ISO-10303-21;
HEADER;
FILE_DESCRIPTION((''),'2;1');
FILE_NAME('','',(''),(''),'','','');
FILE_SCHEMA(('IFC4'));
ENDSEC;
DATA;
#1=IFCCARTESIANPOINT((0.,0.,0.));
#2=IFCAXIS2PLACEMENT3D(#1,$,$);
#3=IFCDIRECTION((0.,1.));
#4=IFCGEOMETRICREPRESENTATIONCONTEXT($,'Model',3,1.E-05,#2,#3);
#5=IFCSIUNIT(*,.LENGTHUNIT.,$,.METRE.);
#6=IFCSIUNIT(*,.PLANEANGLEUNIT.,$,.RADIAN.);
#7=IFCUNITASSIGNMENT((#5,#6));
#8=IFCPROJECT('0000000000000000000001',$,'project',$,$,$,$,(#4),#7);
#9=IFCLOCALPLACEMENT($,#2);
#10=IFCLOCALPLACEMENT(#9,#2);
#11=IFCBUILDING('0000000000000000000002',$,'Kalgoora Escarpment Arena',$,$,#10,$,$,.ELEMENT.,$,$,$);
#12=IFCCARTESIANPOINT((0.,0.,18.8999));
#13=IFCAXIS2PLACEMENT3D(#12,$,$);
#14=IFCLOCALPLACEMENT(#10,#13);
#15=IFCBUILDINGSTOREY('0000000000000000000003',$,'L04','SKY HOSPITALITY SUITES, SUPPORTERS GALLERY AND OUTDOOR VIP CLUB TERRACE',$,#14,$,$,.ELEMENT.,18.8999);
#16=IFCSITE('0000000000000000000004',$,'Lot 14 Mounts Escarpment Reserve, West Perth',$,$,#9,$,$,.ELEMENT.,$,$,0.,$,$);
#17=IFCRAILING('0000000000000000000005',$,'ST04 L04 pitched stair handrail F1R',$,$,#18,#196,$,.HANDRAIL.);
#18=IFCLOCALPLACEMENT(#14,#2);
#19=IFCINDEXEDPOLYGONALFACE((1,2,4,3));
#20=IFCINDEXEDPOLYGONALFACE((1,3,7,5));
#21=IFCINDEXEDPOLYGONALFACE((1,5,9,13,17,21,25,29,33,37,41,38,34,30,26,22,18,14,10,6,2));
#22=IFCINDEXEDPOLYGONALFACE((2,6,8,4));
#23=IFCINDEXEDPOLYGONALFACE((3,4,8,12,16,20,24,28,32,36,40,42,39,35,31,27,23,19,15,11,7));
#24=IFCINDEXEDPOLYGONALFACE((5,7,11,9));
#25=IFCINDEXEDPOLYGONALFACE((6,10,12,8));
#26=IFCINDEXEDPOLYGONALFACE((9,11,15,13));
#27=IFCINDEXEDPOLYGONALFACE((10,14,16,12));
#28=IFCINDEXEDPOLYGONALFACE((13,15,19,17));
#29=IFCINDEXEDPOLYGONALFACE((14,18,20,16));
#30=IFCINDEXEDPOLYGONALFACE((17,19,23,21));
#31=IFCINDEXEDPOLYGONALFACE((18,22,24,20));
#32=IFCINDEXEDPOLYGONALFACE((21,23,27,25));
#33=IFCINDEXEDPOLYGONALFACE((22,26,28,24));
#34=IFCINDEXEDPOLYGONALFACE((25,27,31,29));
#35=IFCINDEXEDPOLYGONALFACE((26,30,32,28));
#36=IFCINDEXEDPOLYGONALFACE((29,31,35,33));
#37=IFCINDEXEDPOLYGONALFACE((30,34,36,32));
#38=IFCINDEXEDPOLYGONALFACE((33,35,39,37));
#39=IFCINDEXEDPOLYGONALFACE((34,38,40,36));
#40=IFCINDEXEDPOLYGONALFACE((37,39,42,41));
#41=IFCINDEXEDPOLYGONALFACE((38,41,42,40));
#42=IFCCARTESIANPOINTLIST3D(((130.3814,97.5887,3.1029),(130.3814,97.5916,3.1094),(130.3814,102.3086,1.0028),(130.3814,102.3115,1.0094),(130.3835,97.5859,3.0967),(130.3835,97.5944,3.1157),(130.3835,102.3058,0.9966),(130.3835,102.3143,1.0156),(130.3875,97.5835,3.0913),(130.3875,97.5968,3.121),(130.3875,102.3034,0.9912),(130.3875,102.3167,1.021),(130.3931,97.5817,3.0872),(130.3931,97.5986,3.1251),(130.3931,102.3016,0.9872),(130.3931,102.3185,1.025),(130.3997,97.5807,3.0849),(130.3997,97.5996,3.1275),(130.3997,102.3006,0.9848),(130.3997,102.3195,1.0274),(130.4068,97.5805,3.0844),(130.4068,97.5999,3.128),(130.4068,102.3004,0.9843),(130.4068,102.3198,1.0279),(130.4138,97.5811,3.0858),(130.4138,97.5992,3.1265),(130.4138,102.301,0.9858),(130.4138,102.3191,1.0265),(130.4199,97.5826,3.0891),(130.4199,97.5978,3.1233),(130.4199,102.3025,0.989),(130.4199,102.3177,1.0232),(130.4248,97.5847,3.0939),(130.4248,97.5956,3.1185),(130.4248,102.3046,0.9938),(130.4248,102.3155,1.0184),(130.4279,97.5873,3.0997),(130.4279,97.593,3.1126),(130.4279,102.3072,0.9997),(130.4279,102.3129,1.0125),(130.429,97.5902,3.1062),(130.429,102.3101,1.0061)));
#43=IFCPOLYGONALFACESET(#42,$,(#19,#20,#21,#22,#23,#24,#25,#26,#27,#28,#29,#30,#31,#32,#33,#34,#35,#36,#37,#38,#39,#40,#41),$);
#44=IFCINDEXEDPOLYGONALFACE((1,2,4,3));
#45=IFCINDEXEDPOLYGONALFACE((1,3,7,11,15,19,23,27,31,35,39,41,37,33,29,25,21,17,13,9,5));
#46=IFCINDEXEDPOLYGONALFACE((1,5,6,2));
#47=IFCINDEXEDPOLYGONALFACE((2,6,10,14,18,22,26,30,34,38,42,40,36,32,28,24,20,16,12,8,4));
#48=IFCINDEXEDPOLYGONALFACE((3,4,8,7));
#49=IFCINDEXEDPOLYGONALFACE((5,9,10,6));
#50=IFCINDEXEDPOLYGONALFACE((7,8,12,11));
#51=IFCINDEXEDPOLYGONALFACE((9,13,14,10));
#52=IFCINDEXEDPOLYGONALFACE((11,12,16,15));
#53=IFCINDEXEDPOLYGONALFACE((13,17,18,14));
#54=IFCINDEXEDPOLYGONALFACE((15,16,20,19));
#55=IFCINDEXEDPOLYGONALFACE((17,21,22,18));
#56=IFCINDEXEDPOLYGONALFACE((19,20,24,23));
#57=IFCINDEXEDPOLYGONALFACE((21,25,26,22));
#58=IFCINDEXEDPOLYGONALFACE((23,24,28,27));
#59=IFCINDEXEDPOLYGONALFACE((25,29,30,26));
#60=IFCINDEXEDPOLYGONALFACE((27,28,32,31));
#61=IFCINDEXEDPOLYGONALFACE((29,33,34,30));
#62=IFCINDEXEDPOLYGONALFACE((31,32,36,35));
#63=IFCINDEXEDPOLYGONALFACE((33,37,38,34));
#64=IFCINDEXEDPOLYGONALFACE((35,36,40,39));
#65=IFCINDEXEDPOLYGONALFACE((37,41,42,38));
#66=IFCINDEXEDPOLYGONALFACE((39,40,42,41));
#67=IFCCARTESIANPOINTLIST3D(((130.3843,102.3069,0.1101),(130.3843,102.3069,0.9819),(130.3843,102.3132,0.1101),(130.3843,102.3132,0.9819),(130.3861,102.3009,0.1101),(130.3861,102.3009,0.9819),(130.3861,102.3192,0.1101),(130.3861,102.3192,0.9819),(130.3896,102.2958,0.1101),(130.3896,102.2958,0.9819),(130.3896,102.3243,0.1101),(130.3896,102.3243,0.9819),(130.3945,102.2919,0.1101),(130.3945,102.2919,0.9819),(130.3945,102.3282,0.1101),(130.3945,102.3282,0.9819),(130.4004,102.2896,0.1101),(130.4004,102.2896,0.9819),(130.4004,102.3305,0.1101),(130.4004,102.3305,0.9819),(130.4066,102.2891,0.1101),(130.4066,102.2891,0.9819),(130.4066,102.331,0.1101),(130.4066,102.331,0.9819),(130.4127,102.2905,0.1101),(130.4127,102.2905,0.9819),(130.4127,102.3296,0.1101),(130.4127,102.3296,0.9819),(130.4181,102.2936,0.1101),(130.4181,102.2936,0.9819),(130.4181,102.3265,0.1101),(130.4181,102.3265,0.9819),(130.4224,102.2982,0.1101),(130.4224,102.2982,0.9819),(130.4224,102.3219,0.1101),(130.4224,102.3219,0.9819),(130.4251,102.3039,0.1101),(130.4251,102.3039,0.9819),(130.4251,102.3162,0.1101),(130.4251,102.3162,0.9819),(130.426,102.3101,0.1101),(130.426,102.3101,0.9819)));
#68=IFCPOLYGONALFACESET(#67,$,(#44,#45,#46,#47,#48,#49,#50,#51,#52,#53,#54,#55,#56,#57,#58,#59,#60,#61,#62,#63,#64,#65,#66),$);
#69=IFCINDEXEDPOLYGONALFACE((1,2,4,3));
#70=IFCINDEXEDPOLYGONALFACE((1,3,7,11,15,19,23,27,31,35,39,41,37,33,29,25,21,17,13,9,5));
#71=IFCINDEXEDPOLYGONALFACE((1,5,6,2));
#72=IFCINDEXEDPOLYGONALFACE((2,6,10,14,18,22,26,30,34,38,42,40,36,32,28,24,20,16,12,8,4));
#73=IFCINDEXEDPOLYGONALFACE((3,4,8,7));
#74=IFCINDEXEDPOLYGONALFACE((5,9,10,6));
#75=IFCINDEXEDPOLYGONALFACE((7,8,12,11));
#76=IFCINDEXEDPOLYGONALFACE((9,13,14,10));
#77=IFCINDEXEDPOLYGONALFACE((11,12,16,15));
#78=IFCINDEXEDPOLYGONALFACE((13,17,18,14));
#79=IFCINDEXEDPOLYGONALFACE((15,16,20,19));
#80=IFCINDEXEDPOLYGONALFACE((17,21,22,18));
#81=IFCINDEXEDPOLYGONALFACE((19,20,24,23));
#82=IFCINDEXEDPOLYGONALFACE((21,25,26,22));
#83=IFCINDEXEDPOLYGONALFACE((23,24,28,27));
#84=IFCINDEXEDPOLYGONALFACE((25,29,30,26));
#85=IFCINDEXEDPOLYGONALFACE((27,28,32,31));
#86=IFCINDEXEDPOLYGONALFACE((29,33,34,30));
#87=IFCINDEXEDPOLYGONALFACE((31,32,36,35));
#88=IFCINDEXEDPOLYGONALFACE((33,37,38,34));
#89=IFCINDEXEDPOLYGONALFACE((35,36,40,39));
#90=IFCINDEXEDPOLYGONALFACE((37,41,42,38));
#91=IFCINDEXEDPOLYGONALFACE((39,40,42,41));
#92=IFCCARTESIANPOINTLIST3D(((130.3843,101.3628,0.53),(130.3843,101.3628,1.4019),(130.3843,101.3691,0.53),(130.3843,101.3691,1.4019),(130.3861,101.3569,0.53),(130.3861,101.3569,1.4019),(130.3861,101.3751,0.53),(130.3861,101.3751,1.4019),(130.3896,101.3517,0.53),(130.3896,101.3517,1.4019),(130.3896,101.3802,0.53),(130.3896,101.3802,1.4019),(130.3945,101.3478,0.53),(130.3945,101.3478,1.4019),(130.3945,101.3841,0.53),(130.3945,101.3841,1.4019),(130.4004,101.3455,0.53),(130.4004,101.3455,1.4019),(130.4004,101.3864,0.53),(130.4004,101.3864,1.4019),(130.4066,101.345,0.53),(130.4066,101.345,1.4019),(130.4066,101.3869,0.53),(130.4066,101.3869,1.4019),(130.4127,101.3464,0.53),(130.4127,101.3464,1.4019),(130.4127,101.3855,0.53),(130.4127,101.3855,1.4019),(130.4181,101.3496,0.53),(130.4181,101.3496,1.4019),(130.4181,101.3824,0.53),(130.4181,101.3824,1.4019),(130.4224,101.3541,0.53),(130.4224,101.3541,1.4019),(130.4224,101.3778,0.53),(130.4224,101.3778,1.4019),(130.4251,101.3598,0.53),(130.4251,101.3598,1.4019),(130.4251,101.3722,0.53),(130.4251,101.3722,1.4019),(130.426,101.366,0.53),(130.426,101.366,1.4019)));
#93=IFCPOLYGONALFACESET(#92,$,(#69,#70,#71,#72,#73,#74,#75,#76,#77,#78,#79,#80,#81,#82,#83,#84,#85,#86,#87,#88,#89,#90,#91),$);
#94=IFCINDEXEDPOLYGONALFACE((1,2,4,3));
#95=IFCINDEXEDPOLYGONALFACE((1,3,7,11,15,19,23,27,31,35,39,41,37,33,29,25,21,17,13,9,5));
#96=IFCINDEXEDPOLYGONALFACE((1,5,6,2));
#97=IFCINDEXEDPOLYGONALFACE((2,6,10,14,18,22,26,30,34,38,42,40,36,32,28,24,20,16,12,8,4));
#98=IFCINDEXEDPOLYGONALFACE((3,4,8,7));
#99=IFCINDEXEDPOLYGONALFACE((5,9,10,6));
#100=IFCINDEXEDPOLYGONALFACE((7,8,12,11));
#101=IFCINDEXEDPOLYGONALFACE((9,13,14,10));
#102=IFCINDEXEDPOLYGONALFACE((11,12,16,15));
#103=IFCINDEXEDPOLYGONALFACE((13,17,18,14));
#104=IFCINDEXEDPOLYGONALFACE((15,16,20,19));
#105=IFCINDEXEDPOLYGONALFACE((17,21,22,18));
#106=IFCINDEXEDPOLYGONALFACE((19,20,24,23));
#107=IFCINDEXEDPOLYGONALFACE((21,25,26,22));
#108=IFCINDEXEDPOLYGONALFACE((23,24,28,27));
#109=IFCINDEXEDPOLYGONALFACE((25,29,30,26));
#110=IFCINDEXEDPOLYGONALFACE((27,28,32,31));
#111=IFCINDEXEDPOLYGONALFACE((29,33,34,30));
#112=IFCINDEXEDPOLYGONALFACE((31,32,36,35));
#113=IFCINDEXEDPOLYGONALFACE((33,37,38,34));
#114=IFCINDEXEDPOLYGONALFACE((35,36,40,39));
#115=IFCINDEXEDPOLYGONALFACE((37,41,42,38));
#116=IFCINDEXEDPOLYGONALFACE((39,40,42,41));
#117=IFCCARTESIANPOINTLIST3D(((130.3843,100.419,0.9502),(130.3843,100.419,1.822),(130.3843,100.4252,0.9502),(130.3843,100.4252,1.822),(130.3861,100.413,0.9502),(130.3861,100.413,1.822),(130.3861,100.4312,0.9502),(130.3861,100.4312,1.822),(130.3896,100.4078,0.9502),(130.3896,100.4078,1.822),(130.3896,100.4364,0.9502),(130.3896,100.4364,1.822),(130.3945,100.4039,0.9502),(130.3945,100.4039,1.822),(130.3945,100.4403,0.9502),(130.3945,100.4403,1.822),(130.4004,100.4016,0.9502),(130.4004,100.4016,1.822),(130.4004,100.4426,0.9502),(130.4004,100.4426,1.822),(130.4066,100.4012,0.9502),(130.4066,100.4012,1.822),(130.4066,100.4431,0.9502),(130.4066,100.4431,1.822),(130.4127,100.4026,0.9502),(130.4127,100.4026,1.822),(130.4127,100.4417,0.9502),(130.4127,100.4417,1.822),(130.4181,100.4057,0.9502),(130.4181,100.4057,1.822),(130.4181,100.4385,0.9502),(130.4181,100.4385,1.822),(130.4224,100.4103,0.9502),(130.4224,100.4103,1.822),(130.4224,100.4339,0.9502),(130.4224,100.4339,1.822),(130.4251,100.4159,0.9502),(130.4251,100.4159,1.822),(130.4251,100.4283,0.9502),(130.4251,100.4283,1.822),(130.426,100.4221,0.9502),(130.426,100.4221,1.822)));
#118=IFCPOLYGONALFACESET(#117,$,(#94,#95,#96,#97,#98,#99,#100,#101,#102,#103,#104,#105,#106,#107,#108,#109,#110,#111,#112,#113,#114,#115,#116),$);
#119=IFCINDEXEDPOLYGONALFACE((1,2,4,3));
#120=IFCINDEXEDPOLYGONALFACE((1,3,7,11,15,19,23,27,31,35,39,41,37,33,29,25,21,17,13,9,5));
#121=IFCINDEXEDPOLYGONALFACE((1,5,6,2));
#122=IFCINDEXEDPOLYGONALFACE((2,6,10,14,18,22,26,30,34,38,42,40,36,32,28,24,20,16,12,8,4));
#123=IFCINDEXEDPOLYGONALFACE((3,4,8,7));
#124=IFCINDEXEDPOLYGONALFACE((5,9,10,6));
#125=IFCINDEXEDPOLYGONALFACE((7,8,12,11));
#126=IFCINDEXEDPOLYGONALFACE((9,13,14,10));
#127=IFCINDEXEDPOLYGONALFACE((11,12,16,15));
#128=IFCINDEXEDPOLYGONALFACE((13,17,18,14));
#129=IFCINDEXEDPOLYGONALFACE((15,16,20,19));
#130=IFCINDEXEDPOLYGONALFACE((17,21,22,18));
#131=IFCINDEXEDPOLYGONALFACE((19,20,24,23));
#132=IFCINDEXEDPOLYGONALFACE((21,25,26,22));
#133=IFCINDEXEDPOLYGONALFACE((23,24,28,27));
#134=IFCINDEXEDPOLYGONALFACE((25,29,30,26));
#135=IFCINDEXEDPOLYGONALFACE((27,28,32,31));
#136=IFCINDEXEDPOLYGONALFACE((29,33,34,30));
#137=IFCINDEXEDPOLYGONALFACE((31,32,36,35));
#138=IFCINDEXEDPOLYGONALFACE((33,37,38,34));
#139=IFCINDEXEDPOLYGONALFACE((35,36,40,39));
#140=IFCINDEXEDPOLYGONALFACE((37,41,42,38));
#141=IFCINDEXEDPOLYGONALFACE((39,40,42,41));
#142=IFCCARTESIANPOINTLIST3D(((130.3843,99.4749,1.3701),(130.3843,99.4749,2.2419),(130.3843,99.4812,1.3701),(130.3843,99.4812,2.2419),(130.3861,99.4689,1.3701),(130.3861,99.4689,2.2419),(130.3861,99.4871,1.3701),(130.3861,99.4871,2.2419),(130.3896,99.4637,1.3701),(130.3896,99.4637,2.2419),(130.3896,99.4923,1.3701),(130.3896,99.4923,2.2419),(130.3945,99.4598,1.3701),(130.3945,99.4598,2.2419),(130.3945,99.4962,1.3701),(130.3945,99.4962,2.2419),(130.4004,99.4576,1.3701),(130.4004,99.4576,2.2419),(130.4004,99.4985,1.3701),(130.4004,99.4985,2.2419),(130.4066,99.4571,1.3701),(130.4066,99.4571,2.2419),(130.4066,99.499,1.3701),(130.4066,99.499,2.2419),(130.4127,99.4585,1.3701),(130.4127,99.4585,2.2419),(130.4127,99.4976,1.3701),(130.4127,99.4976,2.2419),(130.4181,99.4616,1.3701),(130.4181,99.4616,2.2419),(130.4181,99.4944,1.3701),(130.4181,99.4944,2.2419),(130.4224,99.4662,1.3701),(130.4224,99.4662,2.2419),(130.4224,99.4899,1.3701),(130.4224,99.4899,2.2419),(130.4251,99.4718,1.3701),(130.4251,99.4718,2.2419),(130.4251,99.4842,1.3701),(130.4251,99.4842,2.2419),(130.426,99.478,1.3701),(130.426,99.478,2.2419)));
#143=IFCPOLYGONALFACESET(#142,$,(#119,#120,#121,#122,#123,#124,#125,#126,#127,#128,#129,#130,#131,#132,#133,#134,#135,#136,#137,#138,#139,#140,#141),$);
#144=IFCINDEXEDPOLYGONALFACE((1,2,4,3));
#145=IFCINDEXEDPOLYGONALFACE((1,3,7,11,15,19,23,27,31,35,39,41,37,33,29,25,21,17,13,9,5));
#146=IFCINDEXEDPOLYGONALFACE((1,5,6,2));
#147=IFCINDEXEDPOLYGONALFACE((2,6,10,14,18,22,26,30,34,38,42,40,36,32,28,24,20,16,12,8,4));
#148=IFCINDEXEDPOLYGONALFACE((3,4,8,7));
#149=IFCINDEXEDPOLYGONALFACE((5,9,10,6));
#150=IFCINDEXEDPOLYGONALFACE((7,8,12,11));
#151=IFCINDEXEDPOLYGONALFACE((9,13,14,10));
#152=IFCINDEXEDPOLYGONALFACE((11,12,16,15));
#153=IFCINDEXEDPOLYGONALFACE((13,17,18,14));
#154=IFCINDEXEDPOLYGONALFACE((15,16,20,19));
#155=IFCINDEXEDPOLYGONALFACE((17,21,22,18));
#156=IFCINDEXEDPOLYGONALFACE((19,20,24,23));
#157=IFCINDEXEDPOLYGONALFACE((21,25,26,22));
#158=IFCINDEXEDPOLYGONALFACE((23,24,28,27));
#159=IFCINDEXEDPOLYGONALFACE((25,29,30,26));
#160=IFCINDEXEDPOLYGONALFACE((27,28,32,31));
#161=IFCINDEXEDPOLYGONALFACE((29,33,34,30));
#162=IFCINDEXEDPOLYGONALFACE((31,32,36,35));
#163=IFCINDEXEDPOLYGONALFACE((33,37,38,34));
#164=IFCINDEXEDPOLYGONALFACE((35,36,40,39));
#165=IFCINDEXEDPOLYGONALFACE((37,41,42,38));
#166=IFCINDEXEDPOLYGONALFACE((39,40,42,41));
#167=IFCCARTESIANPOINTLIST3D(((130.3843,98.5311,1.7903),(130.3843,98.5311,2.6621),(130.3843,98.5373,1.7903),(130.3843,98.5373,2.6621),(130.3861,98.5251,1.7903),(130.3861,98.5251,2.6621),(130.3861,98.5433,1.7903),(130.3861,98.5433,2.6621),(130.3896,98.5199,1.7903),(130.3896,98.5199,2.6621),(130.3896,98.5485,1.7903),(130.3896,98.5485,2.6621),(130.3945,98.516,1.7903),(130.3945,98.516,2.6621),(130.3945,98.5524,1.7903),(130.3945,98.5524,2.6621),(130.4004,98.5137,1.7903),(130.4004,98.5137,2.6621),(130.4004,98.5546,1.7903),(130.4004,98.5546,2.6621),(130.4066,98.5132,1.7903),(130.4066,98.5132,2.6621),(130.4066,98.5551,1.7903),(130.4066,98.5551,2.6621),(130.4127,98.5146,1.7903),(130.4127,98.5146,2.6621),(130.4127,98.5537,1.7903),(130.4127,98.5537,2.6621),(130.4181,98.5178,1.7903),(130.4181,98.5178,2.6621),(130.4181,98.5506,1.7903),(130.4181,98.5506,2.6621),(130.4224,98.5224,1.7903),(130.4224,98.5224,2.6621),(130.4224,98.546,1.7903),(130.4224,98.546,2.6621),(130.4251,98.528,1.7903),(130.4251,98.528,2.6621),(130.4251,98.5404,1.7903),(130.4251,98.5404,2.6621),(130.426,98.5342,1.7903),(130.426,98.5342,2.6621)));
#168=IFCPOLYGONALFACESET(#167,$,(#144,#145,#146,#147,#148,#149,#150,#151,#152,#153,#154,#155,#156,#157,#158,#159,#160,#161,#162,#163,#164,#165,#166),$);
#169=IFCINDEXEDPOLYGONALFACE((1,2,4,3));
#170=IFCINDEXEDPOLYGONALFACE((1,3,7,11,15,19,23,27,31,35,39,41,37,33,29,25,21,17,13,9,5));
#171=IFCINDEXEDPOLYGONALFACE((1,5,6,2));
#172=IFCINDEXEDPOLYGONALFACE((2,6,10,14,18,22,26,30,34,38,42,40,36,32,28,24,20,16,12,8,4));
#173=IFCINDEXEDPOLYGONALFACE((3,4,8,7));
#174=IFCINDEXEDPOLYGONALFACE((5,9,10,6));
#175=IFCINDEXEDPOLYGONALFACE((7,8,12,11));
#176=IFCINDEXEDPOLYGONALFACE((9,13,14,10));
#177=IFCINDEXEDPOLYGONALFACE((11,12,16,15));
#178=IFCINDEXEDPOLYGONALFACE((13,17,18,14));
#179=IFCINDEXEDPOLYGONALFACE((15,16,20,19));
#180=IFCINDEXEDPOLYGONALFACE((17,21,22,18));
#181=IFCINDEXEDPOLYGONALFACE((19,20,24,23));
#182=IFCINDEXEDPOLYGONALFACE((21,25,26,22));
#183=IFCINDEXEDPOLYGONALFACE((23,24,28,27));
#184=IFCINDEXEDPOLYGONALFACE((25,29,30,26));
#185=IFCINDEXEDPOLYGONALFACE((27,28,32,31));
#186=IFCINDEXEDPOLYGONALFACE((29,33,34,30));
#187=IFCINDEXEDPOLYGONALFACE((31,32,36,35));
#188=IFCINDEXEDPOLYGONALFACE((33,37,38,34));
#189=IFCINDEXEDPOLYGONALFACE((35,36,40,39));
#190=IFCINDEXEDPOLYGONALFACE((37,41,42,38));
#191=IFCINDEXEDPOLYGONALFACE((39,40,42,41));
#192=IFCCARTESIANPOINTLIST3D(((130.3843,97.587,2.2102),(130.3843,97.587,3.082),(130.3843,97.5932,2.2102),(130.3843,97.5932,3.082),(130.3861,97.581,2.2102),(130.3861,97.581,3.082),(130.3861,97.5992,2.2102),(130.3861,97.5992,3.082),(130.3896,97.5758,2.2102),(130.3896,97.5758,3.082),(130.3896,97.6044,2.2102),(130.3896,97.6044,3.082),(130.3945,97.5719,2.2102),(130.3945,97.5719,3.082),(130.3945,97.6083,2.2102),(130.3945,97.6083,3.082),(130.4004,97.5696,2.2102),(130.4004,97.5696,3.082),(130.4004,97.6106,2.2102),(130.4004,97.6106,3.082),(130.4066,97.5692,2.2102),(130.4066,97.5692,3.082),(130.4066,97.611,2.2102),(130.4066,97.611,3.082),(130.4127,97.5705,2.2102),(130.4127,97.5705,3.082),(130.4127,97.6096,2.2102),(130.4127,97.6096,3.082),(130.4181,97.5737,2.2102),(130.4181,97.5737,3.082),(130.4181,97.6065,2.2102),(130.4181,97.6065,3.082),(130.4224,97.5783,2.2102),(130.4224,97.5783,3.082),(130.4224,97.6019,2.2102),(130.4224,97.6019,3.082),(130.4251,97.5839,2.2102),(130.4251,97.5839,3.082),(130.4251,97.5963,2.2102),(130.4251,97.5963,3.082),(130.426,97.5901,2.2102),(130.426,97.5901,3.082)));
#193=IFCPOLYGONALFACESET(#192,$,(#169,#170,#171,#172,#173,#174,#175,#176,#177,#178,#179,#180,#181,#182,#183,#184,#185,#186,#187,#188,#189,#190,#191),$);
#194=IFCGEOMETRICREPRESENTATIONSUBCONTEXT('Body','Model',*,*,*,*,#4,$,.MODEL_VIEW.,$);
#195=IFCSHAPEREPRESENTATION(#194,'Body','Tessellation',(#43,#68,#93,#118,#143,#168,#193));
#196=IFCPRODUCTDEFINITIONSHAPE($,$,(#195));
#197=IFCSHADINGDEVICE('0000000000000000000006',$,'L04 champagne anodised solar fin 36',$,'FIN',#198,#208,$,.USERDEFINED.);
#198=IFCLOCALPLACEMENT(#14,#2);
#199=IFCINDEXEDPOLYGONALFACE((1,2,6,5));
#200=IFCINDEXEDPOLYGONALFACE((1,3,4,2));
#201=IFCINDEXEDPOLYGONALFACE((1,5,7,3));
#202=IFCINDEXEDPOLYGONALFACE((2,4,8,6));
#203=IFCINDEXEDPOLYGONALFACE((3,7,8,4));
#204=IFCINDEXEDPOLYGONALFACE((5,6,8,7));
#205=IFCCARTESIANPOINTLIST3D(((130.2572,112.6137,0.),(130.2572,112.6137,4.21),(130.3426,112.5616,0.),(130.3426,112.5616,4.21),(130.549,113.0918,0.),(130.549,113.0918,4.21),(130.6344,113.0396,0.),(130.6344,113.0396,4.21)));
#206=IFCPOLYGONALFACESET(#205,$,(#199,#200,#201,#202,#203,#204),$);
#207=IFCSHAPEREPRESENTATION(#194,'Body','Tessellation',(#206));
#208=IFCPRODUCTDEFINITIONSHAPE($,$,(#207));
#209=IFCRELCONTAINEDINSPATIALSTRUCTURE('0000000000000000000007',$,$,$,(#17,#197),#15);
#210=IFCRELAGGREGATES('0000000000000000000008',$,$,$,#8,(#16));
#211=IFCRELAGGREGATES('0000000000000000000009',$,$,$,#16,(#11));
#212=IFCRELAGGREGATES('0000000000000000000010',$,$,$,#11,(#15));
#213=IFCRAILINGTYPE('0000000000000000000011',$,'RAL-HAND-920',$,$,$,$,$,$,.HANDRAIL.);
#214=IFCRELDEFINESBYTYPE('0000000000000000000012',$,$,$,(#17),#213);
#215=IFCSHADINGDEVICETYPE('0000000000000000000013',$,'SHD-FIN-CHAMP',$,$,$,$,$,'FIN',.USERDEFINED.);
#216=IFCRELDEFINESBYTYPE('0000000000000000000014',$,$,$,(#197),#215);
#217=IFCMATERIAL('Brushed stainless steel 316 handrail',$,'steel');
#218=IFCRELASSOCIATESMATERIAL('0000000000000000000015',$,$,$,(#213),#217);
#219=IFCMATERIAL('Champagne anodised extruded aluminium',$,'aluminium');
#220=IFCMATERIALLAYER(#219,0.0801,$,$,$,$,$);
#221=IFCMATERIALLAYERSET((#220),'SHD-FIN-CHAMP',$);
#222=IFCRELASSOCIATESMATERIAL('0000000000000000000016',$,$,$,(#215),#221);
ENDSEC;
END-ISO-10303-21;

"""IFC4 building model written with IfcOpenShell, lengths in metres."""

from ifc_helpers import new_model, si_unit, direction, frame, origin, origin_2d, place, context, subcontext, project, spatial, rectangle, circle, extrude, material, layer, layer_set, type_object, element, save


model = new_model("IFC4")

# Units and contexts
model_context = context("Model", 3, precision=1e-05, world=origin(), true_north=direction((0.0, 1.0)))
body_context = subcontext(model_context, "Body", "Model", "MODEL_VIEW")
ifc_project = project(units=[si_unit("LENGTHUNIT", "METRE"), si_unit("PLANEANGLEUNIT", "RADIAN")], contexts=[model_context])

# Site, building, storey
site_placement = place(None, origin())
site = spatial("IfcSite", under=ifc_project, at=site_placement, Name="Lot 14 Mounts Escarpment Reserve, West Perth", CompositionType="ELEMENT", RefElevation=0.0)
building_placement = place(site_placement, origin())
building = spatial("IfcBuilding", under=site, at=building_placement, Name="Kalgoora Escarpment Arena", CompositionType="ELEMENT")
storey_placement = place(building_placement, frame((0.0, 0.0, 18.8999)))
storey = spatial("IfcBuildingStorey", under=building, at=storey_placement, Name="L04", Description="SKY HOSPITALITY SUITES, SUPPORTERS GALLERY AND OUTDOOR VIP CLUB TERRACE", CompositionType="ELEMENT", Elevation=18.8999)

# Railing
ifc_material_1 = material(Name="Brushed stainless steel 316 handrail", Category="steel")
railing_type_1 = type_object("IfcRailingType", Name="RAL-HAND-920", PredefinedType="HANDRAIL", material=ifc_material_1)
for number, where, name in (
    (1, (130.405, 102.3101, 0.1101), "ST04 L04 pitched stair handrail F1R"),
):
    element("IfcRailing", number, at=place(storey_placement, frame(where)), inside=storey, type_object=railing_type_1, Name=name, PredefinedType="HANDRAIL", context=body_context, shape_type="SweptSolid", body=[
        extrude(circle(Radius=0.0239, at=origin_2d()), frame((0.0, 0.0, 0.896), z_axis=(0.0, -0.913644, 0.406516), x_axis=(1.0, 0.0, 0.0)), (0.0, 0.0, 1.0), 5.166),
        extrude(circle(Radius=0.021, at=origin_2d()), origin(), (0.0, 0.0, 1.0), 0.8718),
        extrude(circle(Radius=0.021, at=origin_2d()), frame((0.0, -0.9441, 0.4199)), (0.0, 0.0, 1.0), 0.8718),
        extrude(circle(Radius=0.021, at=origin_2d()), frame((0.0, -1.8879, 0.8401)), (0.0, 0.0, 1.0), 0.8718),
        extrude(circle(Radius=0.021, at=origin_2d()), frame((0.0, -2.832, 1.26)), (0.0, 0.0, 1.0), 0.8718),
        extrude(circle(Radius=0.021, at=origin_2d()), frame((0.0, -3.7759, 1.6802)), (0.0, 0.0, 1.0), 0.8718),
        extrude(circle(Radius=0.021, at=origin_2d()), frame((0.0, -4.72, 2.1001)), (0.0, 0.0, 1.0), 0.8718),
    ])

# Shading device
ifc_material_2 = material(Name="Champagne anodised extruded aluminium", Category="aluminium")
ifc_layer_1 = layer(ifc_material_2, 0.0801)
ifc_layer_set_1 = layer_set([ifc_layer_1], Name="SHD-FIN-CHAMP")
shading_device_type = type_object("IfcShadingDeviceType", Name="SHD-FIN-CHAMP", ElementType="FIN", PredefinedType="USERDEFINED", material=ifc_layer_set_1)
shading_device_placement = place(storey_placement, frame((130.4458, 112.8267, 0.0), z_axis=(0.0, 0.0, 1.0), x_axis=(0.52101, 0.853551, 0.0)))
element("IfcShadingDevice", 2, at=shading_device_placement, inside=storey, type_object=shading_device_type, Name="L04 champagne anodised solar fin 36", ObjectType="FIN", PredefinedType="USERDEFINED", context=body_context, shape_type="SweptSolid", body=[
    extrude(rectangle(XDim=0.5601, YDim=0.1001, at=origin_2d()), origin(), (0.0, 0.0, 1.0), 4.21),
])

save(model, "model.ifc")
